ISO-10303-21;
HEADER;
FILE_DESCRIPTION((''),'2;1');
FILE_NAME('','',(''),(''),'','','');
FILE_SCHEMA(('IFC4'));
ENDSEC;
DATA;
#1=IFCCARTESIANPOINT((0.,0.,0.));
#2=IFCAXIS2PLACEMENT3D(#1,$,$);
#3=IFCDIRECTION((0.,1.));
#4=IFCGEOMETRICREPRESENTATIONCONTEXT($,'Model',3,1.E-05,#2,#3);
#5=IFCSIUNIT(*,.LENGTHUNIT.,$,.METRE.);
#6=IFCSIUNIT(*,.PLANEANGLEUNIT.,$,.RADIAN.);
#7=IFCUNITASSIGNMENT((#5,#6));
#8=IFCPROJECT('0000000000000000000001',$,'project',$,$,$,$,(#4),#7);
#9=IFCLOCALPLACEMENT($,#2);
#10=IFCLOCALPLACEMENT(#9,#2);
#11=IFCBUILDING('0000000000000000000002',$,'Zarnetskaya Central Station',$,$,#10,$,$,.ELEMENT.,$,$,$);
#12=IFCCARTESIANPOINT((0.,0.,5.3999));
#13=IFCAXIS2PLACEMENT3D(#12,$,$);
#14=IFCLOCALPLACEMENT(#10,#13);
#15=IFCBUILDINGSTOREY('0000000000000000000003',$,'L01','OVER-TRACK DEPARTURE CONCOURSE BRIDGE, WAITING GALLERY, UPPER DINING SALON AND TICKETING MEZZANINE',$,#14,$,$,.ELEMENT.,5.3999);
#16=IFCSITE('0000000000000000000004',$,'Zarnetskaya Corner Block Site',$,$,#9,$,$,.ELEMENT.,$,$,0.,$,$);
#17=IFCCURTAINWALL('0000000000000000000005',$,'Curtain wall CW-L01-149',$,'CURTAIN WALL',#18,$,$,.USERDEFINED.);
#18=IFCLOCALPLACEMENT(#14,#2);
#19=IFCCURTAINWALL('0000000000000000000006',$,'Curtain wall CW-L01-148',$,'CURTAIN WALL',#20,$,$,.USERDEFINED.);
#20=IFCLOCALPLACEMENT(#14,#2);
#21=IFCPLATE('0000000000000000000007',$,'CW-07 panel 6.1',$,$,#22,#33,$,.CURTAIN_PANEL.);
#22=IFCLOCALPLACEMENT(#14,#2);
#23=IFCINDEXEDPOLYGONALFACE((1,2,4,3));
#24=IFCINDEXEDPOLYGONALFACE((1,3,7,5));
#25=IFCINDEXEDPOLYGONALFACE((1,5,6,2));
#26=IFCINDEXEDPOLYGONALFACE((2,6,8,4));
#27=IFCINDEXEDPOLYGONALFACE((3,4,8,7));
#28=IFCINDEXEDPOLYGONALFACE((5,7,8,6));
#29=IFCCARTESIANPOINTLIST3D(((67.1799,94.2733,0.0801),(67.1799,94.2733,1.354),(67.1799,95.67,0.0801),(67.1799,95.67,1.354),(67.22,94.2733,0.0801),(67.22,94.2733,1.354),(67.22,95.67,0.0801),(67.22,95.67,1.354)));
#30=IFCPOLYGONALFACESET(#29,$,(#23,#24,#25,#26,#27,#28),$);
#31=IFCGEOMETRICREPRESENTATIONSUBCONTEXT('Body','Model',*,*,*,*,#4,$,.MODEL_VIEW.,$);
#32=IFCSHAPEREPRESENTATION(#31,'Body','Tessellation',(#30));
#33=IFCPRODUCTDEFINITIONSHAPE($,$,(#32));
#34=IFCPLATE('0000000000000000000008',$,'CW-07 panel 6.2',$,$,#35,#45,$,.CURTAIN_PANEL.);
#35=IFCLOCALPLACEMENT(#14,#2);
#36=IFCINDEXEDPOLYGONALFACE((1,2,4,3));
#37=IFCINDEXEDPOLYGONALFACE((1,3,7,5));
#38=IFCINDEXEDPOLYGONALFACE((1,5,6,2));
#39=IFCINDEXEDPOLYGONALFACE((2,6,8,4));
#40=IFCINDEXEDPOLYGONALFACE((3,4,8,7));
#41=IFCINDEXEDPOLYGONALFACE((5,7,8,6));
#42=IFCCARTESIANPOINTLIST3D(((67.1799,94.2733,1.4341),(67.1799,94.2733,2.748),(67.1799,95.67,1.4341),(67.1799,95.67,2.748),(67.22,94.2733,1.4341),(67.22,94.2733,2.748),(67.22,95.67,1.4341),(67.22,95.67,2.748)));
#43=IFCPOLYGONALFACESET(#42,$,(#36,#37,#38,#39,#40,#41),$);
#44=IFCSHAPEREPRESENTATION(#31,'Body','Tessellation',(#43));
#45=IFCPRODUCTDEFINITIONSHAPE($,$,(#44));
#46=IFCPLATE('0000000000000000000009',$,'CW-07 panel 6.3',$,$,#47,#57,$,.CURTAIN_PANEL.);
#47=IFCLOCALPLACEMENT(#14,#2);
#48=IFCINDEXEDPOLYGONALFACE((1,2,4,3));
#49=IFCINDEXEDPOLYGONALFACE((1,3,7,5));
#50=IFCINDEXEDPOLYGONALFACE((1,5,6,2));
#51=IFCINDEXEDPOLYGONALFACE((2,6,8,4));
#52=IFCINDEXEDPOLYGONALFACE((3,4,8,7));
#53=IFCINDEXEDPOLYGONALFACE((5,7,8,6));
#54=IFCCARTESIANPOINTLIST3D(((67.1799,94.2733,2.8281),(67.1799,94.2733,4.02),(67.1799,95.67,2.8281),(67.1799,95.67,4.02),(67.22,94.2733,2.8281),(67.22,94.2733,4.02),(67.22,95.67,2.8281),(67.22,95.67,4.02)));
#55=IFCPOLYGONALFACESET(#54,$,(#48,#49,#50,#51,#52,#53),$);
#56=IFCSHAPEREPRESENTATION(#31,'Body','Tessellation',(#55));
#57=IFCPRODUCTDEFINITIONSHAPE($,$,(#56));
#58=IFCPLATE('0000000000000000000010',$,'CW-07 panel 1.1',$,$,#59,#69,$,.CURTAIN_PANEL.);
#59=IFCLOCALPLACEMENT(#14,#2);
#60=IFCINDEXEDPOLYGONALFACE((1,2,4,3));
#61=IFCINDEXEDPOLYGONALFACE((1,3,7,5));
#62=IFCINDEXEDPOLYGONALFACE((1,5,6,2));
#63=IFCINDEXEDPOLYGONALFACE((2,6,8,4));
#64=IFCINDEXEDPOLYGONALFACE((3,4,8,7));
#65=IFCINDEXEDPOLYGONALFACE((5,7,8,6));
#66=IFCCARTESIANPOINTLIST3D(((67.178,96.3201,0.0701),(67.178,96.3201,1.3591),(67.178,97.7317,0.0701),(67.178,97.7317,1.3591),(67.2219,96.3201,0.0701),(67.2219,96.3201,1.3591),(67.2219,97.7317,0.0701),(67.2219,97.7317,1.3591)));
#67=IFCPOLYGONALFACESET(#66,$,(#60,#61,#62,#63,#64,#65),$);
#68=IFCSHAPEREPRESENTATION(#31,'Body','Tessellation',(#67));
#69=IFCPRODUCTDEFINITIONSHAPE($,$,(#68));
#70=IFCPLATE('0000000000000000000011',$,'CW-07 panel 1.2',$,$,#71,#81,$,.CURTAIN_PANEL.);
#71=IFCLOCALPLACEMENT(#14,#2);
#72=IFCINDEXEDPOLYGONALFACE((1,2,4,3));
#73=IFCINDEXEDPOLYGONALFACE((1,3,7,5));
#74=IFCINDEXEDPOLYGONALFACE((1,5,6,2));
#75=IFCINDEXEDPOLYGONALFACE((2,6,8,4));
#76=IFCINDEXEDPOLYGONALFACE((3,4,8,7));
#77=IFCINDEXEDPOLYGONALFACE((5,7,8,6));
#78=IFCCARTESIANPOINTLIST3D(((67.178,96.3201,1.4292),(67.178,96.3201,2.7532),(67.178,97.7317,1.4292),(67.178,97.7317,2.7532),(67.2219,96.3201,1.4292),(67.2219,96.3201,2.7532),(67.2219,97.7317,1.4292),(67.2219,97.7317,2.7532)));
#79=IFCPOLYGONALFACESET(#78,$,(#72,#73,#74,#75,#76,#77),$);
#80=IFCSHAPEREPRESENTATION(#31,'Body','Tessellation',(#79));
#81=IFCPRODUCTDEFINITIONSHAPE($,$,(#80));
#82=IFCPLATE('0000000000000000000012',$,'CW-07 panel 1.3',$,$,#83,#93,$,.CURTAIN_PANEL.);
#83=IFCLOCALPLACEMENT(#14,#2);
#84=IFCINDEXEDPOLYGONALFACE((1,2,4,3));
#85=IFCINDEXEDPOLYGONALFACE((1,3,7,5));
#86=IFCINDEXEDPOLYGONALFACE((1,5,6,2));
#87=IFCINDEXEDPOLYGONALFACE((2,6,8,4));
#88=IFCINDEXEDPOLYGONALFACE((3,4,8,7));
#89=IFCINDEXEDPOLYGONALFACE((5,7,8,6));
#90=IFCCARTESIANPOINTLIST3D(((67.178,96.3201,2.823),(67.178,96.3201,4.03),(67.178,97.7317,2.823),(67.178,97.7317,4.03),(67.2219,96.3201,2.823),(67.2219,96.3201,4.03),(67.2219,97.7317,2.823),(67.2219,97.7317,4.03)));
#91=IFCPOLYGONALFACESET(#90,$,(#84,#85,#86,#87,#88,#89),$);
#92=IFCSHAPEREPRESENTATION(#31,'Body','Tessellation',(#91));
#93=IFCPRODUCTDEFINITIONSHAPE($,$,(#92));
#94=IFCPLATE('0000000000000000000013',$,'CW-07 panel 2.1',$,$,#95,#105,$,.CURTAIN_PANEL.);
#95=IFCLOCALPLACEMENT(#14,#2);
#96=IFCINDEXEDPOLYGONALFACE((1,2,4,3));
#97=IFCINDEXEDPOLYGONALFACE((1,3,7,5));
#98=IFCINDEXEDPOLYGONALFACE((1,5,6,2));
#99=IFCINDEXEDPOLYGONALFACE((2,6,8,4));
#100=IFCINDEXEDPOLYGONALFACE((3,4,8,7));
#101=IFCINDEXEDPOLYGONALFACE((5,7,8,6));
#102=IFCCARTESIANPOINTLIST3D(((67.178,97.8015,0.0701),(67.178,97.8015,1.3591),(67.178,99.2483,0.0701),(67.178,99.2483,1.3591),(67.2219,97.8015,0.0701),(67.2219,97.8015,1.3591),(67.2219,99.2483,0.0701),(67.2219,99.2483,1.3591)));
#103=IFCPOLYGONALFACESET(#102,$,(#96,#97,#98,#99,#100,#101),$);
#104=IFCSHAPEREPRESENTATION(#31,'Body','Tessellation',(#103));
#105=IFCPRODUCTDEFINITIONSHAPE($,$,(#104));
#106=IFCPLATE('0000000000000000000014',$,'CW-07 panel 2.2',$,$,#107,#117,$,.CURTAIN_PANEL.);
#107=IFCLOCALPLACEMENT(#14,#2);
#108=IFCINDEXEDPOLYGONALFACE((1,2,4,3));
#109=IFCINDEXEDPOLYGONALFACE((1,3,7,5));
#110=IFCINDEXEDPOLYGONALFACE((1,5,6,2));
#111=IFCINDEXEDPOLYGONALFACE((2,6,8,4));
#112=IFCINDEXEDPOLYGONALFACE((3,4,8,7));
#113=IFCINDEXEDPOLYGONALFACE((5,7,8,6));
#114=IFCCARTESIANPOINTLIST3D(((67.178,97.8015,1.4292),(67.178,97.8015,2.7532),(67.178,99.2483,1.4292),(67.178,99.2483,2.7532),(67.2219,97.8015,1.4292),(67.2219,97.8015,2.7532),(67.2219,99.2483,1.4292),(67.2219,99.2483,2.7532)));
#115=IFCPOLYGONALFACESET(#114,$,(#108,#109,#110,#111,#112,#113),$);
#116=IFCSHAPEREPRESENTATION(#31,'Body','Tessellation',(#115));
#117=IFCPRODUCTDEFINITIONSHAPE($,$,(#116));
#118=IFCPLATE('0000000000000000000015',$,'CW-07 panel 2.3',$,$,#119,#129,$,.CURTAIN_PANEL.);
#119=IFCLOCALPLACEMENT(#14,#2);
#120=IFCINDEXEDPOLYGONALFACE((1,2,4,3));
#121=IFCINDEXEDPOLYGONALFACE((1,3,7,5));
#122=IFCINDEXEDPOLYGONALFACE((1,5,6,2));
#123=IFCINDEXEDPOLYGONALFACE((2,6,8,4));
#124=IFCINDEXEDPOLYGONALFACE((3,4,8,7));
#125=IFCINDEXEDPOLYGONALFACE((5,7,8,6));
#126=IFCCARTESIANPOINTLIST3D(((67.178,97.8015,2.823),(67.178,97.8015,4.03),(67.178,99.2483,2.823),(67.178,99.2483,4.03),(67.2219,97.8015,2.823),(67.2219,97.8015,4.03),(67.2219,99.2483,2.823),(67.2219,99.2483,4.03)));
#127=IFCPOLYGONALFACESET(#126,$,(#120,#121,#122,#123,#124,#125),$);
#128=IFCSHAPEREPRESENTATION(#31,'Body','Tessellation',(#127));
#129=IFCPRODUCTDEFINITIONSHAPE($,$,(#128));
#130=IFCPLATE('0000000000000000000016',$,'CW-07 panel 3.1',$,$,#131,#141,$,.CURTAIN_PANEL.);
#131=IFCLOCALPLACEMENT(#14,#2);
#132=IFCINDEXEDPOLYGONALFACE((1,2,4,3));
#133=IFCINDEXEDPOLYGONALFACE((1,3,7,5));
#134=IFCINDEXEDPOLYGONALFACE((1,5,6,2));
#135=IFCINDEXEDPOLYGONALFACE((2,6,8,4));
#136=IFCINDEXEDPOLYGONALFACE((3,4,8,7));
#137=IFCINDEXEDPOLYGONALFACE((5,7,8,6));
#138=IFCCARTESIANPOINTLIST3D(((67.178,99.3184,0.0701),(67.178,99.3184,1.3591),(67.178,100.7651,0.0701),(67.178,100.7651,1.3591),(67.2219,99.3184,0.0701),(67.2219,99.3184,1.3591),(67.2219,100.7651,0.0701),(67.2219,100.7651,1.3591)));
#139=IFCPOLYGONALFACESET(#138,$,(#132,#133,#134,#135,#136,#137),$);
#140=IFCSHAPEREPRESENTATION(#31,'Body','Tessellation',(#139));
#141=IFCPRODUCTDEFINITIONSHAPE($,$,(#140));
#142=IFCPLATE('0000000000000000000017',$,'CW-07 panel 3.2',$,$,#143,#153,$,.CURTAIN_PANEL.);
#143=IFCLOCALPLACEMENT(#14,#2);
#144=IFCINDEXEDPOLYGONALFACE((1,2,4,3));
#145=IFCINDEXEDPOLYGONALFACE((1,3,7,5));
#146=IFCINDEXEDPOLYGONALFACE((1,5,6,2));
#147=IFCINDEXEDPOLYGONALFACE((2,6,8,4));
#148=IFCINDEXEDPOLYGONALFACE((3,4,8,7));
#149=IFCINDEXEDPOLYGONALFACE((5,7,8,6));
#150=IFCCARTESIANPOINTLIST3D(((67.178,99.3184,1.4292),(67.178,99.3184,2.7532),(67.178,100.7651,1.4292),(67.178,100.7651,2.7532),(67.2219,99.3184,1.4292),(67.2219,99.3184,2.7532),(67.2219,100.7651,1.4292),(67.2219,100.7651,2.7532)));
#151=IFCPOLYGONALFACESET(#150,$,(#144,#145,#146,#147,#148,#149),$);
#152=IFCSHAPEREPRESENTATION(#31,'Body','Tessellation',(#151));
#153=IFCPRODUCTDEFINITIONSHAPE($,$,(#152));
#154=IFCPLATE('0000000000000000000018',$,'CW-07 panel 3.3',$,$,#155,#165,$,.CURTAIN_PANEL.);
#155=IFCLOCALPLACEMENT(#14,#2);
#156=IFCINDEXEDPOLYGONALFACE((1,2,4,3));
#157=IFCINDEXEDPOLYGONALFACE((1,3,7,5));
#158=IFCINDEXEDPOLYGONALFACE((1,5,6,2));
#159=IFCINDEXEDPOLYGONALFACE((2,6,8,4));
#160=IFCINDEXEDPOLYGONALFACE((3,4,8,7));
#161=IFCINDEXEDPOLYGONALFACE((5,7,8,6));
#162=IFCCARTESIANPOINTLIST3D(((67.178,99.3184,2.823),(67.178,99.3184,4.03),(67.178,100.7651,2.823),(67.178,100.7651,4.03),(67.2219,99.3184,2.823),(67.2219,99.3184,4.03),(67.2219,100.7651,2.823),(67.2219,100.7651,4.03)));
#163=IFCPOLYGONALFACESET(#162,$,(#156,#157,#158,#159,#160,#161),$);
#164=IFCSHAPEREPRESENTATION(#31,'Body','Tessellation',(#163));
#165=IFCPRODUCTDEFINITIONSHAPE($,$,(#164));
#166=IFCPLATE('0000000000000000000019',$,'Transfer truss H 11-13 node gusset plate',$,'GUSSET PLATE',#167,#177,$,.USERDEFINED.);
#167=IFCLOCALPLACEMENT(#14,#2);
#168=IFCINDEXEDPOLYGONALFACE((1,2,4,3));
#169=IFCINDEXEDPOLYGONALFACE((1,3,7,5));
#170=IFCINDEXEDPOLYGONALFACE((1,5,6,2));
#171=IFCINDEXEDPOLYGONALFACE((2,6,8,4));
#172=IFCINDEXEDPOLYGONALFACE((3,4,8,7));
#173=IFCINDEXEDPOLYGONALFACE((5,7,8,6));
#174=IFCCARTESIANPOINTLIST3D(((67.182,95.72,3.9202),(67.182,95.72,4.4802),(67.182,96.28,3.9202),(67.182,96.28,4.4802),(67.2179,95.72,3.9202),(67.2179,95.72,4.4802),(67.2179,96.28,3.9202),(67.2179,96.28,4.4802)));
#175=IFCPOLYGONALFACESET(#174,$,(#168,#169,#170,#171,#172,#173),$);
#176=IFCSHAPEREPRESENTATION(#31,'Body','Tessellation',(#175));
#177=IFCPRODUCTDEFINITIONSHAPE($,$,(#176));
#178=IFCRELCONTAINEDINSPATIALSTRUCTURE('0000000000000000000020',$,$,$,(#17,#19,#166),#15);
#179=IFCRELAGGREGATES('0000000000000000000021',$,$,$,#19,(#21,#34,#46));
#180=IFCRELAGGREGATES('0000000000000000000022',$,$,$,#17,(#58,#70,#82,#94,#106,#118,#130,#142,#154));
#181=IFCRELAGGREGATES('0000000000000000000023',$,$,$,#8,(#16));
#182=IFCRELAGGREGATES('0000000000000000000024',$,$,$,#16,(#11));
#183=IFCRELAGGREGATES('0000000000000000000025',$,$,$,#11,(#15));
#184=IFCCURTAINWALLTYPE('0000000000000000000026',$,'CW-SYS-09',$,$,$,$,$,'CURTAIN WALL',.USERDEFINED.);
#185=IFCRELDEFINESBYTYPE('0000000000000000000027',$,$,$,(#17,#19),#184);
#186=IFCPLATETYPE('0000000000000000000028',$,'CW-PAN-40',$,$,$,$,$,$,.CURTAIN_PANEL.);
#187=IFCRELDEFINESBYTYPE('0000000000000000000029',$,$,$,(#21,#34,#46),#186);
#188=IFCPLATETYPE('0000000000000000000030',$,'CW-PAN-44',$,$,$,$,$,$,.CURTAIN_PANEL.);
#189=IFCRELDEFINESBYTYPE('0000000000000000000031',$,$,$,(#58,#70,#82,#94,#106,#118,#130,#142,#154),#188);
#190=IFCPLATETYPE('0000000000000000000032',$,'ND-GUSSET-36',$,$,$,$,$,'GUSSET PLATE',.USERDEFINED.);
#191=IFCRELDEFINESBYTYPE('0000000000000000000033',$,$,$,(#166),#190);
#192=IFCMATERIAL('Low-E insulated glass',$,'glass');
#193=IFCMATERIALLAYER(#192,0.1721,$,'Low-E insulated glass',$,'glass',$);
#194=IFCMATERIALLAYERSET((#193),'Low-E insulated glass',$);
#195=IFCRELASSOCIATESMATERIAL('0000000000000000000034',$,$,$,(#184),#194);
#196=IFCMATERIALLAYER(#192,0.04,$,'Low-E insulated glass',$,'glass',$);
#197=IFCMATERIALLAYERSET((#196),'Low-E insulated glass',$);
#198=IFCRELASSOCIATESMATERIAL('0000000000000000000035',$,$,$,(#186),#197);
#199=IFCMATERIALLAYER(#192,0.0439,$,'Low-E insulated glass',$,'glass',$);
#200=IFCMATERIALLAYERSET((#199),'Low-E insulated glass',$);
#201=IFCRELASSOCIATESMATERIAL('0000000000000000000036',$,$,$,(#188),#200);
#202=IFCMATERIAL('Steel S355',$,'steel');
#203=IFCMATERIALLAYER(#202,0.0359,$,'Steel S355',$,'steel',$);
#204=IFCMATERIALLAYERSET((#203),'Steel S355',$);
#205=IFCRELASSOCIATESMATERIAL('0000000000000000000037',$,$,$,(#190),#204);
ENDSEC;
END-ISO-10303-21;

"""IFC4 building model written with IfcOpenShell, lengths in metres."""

from ifc_helpers import new_model, si_unit, direction, frame, origin, origin_2d, place, context, subcontext, project, spatial, rectangle, extrude, material, layer, layer_set, type_object, element, aggregate, save


model = new_model("IFC4")

# Units and contexts
model_context = context("Model", 3, precision=1e-05, world=origin(), true_north=direction((0.0, 1.0)))
body_context = subcontext(model_context, "Body", "Model", "MODEL_VIEW")
ifc_project = project(units=[si_unit("LENGTHUNIT", "METRE"), si_unit("PLANEANGLEUNIT", "RADIAN")], contexts=[model_context])

# Site, building, storey
site_placement = place(None, origin())
site = spatial("IfcSite", under=ifc_project, at=site_placement, Name="Zarnetskaya Corner Block Site", CompositionType="ELEMENT", RefElevation=0.0)
building_placement = place(site_placement, origin())
building = spatial("IfcBuilding", under=site, at=building_placement, Name="Zarnetskaya Central Station", CompositionType="ELEMENT")
storey_placement = place(building_placement, frame((0.0, 0.0, 5.3999)))
storey = spatial("IfcBuildingStorey", under=building, at=storey_placement, Name="L01", Description="OVER-TRACK DEPARTURE CONCOURSE BRIDGE, WAITING GALLERY, UPPER DINING SALON AND TICKETING MEZZANINE", CompositionType="ELEMENT", Elevation=5.3999)

# Curtain walls
ifc_material_1 = material(Name="Low-E insulated glass", Category="glass")
ifc_layer_1 = layer(ifc_material_1, 0.1721, Name="Low-E insulated glass", Category="glass")
ifc_layer_set_1 = layer_set([ifc_layer_1], Name="Low-E insulated glass")
curtain_wall_type = type_object("IfcCurtainWallType", Name="CW-SYS-09", ElementType="CURTAIN WALL", PredefinedType="USERDEFINED", material=ifc_layer_set_1)
curtain_wall_1_placement = place(storey_placement, origin())
curtain_wall_1 = element("IfcCurtainWall", 1, at=curtain_wall_1_placement, inside=storey, type_object=curtain_wall_type, Name="Curtain wall CW-L01-149", ObjectType="CURTAIN WALL", PredefinedType="USERDEFINED")
curtain_wall_2_placement = place(storey_placement, origin())
curtain_wall_2 = element("IfcCurtainWall", 2, at=curtain_wall_2_placement, inside=storey, type_object=curtain_wall_type, Name="Curtain wall CW-L01-148", ObjectType="CURTAIN WALL", PredefinedType="USERDEFINED")

# Shared definitions
ifc_material_2 = material(Name="Steel S355", Category="steel")

# Plates
ifc_layer_2 = layer(ifc_material_1, 0.04, Name="Low-E insulated glass", Category="glass")
ifc_layer_set_2 = layer_set([ifc_layer_2], Name="Low-E insulated glass")
plate_type_1 = type_object("IfcPlateType", Name="CW-PAN-40", PredefinedType="CURTAIN_PANEL", material=ifc_layer_set_2)
plate_1_placement = place(storey_placement, frame((67.2, 94.9717, 0.0801), z_axis=(0.0, 0.0, 1.0), x_axis=(0.0, 1.0, 0.0)))
plate_1 = element("IfcPlate", 3, at=plate_1_placement, type_object=plate_type_1, Name="CW-07 panel 6.1", PredefinedType="CURTAIN_PANEL", context=body_context, shape_type="SweptSolid", body=[
    extrude(rectangle(XDim=1.3967, YDim=0.04, at=origin_2d()), origin(), (0.0, 0.0, 1.0), 1.2739),
])
plate_2_placement = place(storey_placement, frame((67.2, 94.9717, 1.4341), z_axis=(0.0, 0.0, 1.0), x_axis=(0.0, 1.0, 0.0)))
plate_2 = element("IfcPlate", 4, at=plate_2_placement, type_object=plate_type_1, Name="CW-07 panel 6.2", PredefinedType="CURTAIN_PANEL", context=body_context, shape_type="SweptSolid", body=[
    extrude(rectangle(XDim=1.3967, YDim=0.04, at=origin_2d()), origin(), (0.0, 0.0, 1.0), 1.314),
])
plate_3_placement = place(storey_placement, frame((67.2, 94.9717, 2.8281), z_axis=(0.0, 0.0, 1.0), x_axis=(0.0, 1.0, 0.0)))
plate_3 = element("IfcPlate", 5, at=plate_3_placement, type_object=plate_type_1, Name="CW-07 panel 6.3", PredefinedType="CURTAIN_PANEL", context=body_context, shape_type="SweptSolid", body=[
    extrude(rectangle(XDim=1.3967, YDim=0.04, at=origin_2d()), origin(), (0.0, 0.0, 1.0), 1.1919),
])
aggregate(curtain_wall_2, [plate_1, plate_2, plate_3])
ifc_layer_3 = layer(ifc_material_1, 0.0439, Name="Low-E insulated glass", Category="glass")
ifc_layer_set_3 = layer_set([ifc_layer_3], Name="Low-E insulated glass")
plate_type_2 = type_object("IfcPlateType", Name="CW-PAN-44", PredefinedType="CURTAIN_PANEL", material=ifc_layer_set_3)
plate_4_placement = place(storey_placement, frame((67.2, 97.0259, 0.0701), z_axis=(0.0, 0.0, 1.0), x_axis=(0.0, 1.0, 0.0)))
plate_4 = element("IfcPlate", 6, at=plate_4_placement, type_object=plate_type_2, Name="CW-07 panel 1.1", PredefinedType="CURTAIN_PANEL", context=body_context, shape_type="SweptSolid", body=[
    extrude(rectangle(XDim=1.4116, YDim=0.0439, at=origin_2d()), origin(), (0.0, 0.0, 1.0), 1.2891),
])
plate_5_placement = place(storey_placement, frame((67.2, 97.0259, 1.4292), z_axis=(0.0, 0.0, 1.0), x_axis=(0.0, 1.0, 0.0)))
plate_5 = element("IfcPlate", 7, at=plate_5_placement, type_object=plate_type_2, Name="CW-07 panel 1.2", PredefinedType="CURTAIN_PANEL", context=body_context, shape_type="SweptSolid", body=[
    extrude(rectangle(XDim=1.4116, YDim=0.0439, at=origin_2d()), origin(), (0.0, 0.0, 1.0), 1.324),
])
plate_6_placement = place(storey_placement, frame((67.2, 97.0259, 2.823), z_axis=(0.0, 0.0, 1.0), x_axis=(0.0, 1.0, 0.0)))
plate_6 = element("IfcPlate", 8, at=plate_6_placement, type_object=plate_type_2, Name="CW-07 panel 1.3", PredefinedType="CURTAIN_PANEL", context=body_context, shape_type="SweptSolid", body=[
    extrude(rectangle(XDim=1.4116, YDim=0.0439, at=origin_2d()), origin(), (0.0, 0.0, 1.0), 1.207),
])
plate_7_placement = place(storey_placement, frame((67.2, 98.5249, 0.0701), z_axis=(0.0, 0.0, 1.0), x_axis=(0.0, 1.0, 0.0)))
plate_7 = element("IfcPlate", 9, at=plate_7_placement, type_object=plate_type_2, Name="CW-07 panel 2.1", PredefinedType="CURTAIN_PANEL", context=body_context, shape_type="SweptSolid", body=[
    extrude(rectangle(XDim=1.4468, YDim=0.0439, at=origin_2d()), origin(), (0.0, 0.0, 1.0), 1.2891),
])
plate_8_placement = place(storey_placement, frame((67.2, 98.5249, 1.4292), z_axis=(0.0, 0.0, 1.0), x_axis=(0.0, 1.0, 0.0)))
plate_8 = element("IfcPlate", 10, at=plate_8_placement, type_object=plate_type_2, Name="CW-07 panel 2.2", PredefinedType="CURTAIN_PANEL", context=body_context, shape_type="SweptSolid", body=[
    extrude(rectangle(XDim=1.4468, YDim=0.0439, at=origin_2d()), origin(), (0.0, 0.0, 1.0), 1.324),
])
plate_9_placement = place(storey_placement, frame((67.2, 98.5249, 2.823), z_axis=(0.0, 0.0, 1.0), x_axis=(0.0, 1.0, 0.0)))
plate_9 = element("IfcPlate", 11, at=plate_9_placement, type_object=plate_type_2, Name="CW-07 panel 2.3", PredefinedType="CURTAIN_PANEL", context=body_context, shape_type="SweptSolid", body=[
    extrude(rectangle(XDim=1.4468, YDim=0.0439, at=origin_2d()), origin(), (0.0, 0.0, 1.0), 1.207),
])
plate_10_placement = place(storey_placement, frame((67.2, 100.0417, 0.0701), z_axis=(0.0, 0.0, 1.0), x_axis=(0.0, 1.0, 0.0)))
plate_10 = element("IfcPlate", 12, at=plate_10_placement, type_object=plate_type_2, Name="CW-07 panel 3.1", PredefinedType="CURTAIN_PANEL", context=body_context, shape_type="SweptSolid", body=[
    extrude(rectangle(XDim=1.4468, YDim=0.0439, at=origin_2d()), origin(), (0.0, 0.0, 1.0), 1.2891),
])
plate_11_placement = place(storey_placement, frame((67.2, 100.0417, 1.4292), z_axis=(0.0, 0.0, 1.0), x_axis=(0.0, 1.0, 0.0)))
plate_11 = element("IfcPlate", 13, at=plate_11_placement, type_object=plate_type_2, Name="CW-07 panel 3.2", PredefinedType="CURTAIN_PANEL", context=body_context, shape_type="SweptSolid", body=[
    extrude(rectangle(XDim=1.4468, YDim=0.0439, at=origin_2d()), origin(), (0.0, 0.0, 1.0), 1.324),
])
plate_12_placement = place(storey_placement, frame((67.2, 100.0417, 2.823), z_axis=(0.0, 0.0, 1.0), x_axis=(0.0, 1.0, 0.0)))
plate_12 = element("IfcPlate", 14, at=plate_12_placement, type_object=plate_type_2, Name="CW-07 panel 3.3", PredefinedType="CURTAIN_PANEL", context=body_context, shape_type="SweptSolid", body=[
    extrude(rectangle(XDim=1.4468, YDim=0.0439, at=origin_2d()), origin(), (0.0, 0.0, 1.0), 1.207),
])
aggregate(curtain_wall_1, [plate_4, plate_5, plate_6, plate_7, plate_8, plate_9, plate_10, plate_11, plate_12])
ifc_layer_4 = layer(ifc_material_2, 0.0359, Name="Steel S355", Category="steel")
ifc_layer_set_4 = layer_set([ifc_layer_4], Name="Steel S355")
plate_type_3 = type_object("IfcPlateType", Name="ND-GUSSET-36", ElementType="GUSSET PLATE", PredefinedType="USERDEFINED", material=ifc_layer_set_4)
plate_13_placement = place(storey_placement, frame((67.2, 96.0, 3.9202), z_axis=(0.0, 0.0, 1.0), x_axis=(1.0, 0.0, 0.0)))
element("IfcPlate", 15, at=plate_13_placement, inside=storey, type_object=plate_type_3, Name="Transfer truss H 11-13 node gusset plate", ObjectType="GUSSET PLATE", PredefinedType="USERDEFINED", context=body_context, shape_type="SweptSolid", body=[
    extrude(rectangle(XDim=0.0359, YDim=0.5601, at=origin_2d()), origin(), (0.0, 0.0, 1.0), 0.5601),
])

save(model, "model.ifc")
